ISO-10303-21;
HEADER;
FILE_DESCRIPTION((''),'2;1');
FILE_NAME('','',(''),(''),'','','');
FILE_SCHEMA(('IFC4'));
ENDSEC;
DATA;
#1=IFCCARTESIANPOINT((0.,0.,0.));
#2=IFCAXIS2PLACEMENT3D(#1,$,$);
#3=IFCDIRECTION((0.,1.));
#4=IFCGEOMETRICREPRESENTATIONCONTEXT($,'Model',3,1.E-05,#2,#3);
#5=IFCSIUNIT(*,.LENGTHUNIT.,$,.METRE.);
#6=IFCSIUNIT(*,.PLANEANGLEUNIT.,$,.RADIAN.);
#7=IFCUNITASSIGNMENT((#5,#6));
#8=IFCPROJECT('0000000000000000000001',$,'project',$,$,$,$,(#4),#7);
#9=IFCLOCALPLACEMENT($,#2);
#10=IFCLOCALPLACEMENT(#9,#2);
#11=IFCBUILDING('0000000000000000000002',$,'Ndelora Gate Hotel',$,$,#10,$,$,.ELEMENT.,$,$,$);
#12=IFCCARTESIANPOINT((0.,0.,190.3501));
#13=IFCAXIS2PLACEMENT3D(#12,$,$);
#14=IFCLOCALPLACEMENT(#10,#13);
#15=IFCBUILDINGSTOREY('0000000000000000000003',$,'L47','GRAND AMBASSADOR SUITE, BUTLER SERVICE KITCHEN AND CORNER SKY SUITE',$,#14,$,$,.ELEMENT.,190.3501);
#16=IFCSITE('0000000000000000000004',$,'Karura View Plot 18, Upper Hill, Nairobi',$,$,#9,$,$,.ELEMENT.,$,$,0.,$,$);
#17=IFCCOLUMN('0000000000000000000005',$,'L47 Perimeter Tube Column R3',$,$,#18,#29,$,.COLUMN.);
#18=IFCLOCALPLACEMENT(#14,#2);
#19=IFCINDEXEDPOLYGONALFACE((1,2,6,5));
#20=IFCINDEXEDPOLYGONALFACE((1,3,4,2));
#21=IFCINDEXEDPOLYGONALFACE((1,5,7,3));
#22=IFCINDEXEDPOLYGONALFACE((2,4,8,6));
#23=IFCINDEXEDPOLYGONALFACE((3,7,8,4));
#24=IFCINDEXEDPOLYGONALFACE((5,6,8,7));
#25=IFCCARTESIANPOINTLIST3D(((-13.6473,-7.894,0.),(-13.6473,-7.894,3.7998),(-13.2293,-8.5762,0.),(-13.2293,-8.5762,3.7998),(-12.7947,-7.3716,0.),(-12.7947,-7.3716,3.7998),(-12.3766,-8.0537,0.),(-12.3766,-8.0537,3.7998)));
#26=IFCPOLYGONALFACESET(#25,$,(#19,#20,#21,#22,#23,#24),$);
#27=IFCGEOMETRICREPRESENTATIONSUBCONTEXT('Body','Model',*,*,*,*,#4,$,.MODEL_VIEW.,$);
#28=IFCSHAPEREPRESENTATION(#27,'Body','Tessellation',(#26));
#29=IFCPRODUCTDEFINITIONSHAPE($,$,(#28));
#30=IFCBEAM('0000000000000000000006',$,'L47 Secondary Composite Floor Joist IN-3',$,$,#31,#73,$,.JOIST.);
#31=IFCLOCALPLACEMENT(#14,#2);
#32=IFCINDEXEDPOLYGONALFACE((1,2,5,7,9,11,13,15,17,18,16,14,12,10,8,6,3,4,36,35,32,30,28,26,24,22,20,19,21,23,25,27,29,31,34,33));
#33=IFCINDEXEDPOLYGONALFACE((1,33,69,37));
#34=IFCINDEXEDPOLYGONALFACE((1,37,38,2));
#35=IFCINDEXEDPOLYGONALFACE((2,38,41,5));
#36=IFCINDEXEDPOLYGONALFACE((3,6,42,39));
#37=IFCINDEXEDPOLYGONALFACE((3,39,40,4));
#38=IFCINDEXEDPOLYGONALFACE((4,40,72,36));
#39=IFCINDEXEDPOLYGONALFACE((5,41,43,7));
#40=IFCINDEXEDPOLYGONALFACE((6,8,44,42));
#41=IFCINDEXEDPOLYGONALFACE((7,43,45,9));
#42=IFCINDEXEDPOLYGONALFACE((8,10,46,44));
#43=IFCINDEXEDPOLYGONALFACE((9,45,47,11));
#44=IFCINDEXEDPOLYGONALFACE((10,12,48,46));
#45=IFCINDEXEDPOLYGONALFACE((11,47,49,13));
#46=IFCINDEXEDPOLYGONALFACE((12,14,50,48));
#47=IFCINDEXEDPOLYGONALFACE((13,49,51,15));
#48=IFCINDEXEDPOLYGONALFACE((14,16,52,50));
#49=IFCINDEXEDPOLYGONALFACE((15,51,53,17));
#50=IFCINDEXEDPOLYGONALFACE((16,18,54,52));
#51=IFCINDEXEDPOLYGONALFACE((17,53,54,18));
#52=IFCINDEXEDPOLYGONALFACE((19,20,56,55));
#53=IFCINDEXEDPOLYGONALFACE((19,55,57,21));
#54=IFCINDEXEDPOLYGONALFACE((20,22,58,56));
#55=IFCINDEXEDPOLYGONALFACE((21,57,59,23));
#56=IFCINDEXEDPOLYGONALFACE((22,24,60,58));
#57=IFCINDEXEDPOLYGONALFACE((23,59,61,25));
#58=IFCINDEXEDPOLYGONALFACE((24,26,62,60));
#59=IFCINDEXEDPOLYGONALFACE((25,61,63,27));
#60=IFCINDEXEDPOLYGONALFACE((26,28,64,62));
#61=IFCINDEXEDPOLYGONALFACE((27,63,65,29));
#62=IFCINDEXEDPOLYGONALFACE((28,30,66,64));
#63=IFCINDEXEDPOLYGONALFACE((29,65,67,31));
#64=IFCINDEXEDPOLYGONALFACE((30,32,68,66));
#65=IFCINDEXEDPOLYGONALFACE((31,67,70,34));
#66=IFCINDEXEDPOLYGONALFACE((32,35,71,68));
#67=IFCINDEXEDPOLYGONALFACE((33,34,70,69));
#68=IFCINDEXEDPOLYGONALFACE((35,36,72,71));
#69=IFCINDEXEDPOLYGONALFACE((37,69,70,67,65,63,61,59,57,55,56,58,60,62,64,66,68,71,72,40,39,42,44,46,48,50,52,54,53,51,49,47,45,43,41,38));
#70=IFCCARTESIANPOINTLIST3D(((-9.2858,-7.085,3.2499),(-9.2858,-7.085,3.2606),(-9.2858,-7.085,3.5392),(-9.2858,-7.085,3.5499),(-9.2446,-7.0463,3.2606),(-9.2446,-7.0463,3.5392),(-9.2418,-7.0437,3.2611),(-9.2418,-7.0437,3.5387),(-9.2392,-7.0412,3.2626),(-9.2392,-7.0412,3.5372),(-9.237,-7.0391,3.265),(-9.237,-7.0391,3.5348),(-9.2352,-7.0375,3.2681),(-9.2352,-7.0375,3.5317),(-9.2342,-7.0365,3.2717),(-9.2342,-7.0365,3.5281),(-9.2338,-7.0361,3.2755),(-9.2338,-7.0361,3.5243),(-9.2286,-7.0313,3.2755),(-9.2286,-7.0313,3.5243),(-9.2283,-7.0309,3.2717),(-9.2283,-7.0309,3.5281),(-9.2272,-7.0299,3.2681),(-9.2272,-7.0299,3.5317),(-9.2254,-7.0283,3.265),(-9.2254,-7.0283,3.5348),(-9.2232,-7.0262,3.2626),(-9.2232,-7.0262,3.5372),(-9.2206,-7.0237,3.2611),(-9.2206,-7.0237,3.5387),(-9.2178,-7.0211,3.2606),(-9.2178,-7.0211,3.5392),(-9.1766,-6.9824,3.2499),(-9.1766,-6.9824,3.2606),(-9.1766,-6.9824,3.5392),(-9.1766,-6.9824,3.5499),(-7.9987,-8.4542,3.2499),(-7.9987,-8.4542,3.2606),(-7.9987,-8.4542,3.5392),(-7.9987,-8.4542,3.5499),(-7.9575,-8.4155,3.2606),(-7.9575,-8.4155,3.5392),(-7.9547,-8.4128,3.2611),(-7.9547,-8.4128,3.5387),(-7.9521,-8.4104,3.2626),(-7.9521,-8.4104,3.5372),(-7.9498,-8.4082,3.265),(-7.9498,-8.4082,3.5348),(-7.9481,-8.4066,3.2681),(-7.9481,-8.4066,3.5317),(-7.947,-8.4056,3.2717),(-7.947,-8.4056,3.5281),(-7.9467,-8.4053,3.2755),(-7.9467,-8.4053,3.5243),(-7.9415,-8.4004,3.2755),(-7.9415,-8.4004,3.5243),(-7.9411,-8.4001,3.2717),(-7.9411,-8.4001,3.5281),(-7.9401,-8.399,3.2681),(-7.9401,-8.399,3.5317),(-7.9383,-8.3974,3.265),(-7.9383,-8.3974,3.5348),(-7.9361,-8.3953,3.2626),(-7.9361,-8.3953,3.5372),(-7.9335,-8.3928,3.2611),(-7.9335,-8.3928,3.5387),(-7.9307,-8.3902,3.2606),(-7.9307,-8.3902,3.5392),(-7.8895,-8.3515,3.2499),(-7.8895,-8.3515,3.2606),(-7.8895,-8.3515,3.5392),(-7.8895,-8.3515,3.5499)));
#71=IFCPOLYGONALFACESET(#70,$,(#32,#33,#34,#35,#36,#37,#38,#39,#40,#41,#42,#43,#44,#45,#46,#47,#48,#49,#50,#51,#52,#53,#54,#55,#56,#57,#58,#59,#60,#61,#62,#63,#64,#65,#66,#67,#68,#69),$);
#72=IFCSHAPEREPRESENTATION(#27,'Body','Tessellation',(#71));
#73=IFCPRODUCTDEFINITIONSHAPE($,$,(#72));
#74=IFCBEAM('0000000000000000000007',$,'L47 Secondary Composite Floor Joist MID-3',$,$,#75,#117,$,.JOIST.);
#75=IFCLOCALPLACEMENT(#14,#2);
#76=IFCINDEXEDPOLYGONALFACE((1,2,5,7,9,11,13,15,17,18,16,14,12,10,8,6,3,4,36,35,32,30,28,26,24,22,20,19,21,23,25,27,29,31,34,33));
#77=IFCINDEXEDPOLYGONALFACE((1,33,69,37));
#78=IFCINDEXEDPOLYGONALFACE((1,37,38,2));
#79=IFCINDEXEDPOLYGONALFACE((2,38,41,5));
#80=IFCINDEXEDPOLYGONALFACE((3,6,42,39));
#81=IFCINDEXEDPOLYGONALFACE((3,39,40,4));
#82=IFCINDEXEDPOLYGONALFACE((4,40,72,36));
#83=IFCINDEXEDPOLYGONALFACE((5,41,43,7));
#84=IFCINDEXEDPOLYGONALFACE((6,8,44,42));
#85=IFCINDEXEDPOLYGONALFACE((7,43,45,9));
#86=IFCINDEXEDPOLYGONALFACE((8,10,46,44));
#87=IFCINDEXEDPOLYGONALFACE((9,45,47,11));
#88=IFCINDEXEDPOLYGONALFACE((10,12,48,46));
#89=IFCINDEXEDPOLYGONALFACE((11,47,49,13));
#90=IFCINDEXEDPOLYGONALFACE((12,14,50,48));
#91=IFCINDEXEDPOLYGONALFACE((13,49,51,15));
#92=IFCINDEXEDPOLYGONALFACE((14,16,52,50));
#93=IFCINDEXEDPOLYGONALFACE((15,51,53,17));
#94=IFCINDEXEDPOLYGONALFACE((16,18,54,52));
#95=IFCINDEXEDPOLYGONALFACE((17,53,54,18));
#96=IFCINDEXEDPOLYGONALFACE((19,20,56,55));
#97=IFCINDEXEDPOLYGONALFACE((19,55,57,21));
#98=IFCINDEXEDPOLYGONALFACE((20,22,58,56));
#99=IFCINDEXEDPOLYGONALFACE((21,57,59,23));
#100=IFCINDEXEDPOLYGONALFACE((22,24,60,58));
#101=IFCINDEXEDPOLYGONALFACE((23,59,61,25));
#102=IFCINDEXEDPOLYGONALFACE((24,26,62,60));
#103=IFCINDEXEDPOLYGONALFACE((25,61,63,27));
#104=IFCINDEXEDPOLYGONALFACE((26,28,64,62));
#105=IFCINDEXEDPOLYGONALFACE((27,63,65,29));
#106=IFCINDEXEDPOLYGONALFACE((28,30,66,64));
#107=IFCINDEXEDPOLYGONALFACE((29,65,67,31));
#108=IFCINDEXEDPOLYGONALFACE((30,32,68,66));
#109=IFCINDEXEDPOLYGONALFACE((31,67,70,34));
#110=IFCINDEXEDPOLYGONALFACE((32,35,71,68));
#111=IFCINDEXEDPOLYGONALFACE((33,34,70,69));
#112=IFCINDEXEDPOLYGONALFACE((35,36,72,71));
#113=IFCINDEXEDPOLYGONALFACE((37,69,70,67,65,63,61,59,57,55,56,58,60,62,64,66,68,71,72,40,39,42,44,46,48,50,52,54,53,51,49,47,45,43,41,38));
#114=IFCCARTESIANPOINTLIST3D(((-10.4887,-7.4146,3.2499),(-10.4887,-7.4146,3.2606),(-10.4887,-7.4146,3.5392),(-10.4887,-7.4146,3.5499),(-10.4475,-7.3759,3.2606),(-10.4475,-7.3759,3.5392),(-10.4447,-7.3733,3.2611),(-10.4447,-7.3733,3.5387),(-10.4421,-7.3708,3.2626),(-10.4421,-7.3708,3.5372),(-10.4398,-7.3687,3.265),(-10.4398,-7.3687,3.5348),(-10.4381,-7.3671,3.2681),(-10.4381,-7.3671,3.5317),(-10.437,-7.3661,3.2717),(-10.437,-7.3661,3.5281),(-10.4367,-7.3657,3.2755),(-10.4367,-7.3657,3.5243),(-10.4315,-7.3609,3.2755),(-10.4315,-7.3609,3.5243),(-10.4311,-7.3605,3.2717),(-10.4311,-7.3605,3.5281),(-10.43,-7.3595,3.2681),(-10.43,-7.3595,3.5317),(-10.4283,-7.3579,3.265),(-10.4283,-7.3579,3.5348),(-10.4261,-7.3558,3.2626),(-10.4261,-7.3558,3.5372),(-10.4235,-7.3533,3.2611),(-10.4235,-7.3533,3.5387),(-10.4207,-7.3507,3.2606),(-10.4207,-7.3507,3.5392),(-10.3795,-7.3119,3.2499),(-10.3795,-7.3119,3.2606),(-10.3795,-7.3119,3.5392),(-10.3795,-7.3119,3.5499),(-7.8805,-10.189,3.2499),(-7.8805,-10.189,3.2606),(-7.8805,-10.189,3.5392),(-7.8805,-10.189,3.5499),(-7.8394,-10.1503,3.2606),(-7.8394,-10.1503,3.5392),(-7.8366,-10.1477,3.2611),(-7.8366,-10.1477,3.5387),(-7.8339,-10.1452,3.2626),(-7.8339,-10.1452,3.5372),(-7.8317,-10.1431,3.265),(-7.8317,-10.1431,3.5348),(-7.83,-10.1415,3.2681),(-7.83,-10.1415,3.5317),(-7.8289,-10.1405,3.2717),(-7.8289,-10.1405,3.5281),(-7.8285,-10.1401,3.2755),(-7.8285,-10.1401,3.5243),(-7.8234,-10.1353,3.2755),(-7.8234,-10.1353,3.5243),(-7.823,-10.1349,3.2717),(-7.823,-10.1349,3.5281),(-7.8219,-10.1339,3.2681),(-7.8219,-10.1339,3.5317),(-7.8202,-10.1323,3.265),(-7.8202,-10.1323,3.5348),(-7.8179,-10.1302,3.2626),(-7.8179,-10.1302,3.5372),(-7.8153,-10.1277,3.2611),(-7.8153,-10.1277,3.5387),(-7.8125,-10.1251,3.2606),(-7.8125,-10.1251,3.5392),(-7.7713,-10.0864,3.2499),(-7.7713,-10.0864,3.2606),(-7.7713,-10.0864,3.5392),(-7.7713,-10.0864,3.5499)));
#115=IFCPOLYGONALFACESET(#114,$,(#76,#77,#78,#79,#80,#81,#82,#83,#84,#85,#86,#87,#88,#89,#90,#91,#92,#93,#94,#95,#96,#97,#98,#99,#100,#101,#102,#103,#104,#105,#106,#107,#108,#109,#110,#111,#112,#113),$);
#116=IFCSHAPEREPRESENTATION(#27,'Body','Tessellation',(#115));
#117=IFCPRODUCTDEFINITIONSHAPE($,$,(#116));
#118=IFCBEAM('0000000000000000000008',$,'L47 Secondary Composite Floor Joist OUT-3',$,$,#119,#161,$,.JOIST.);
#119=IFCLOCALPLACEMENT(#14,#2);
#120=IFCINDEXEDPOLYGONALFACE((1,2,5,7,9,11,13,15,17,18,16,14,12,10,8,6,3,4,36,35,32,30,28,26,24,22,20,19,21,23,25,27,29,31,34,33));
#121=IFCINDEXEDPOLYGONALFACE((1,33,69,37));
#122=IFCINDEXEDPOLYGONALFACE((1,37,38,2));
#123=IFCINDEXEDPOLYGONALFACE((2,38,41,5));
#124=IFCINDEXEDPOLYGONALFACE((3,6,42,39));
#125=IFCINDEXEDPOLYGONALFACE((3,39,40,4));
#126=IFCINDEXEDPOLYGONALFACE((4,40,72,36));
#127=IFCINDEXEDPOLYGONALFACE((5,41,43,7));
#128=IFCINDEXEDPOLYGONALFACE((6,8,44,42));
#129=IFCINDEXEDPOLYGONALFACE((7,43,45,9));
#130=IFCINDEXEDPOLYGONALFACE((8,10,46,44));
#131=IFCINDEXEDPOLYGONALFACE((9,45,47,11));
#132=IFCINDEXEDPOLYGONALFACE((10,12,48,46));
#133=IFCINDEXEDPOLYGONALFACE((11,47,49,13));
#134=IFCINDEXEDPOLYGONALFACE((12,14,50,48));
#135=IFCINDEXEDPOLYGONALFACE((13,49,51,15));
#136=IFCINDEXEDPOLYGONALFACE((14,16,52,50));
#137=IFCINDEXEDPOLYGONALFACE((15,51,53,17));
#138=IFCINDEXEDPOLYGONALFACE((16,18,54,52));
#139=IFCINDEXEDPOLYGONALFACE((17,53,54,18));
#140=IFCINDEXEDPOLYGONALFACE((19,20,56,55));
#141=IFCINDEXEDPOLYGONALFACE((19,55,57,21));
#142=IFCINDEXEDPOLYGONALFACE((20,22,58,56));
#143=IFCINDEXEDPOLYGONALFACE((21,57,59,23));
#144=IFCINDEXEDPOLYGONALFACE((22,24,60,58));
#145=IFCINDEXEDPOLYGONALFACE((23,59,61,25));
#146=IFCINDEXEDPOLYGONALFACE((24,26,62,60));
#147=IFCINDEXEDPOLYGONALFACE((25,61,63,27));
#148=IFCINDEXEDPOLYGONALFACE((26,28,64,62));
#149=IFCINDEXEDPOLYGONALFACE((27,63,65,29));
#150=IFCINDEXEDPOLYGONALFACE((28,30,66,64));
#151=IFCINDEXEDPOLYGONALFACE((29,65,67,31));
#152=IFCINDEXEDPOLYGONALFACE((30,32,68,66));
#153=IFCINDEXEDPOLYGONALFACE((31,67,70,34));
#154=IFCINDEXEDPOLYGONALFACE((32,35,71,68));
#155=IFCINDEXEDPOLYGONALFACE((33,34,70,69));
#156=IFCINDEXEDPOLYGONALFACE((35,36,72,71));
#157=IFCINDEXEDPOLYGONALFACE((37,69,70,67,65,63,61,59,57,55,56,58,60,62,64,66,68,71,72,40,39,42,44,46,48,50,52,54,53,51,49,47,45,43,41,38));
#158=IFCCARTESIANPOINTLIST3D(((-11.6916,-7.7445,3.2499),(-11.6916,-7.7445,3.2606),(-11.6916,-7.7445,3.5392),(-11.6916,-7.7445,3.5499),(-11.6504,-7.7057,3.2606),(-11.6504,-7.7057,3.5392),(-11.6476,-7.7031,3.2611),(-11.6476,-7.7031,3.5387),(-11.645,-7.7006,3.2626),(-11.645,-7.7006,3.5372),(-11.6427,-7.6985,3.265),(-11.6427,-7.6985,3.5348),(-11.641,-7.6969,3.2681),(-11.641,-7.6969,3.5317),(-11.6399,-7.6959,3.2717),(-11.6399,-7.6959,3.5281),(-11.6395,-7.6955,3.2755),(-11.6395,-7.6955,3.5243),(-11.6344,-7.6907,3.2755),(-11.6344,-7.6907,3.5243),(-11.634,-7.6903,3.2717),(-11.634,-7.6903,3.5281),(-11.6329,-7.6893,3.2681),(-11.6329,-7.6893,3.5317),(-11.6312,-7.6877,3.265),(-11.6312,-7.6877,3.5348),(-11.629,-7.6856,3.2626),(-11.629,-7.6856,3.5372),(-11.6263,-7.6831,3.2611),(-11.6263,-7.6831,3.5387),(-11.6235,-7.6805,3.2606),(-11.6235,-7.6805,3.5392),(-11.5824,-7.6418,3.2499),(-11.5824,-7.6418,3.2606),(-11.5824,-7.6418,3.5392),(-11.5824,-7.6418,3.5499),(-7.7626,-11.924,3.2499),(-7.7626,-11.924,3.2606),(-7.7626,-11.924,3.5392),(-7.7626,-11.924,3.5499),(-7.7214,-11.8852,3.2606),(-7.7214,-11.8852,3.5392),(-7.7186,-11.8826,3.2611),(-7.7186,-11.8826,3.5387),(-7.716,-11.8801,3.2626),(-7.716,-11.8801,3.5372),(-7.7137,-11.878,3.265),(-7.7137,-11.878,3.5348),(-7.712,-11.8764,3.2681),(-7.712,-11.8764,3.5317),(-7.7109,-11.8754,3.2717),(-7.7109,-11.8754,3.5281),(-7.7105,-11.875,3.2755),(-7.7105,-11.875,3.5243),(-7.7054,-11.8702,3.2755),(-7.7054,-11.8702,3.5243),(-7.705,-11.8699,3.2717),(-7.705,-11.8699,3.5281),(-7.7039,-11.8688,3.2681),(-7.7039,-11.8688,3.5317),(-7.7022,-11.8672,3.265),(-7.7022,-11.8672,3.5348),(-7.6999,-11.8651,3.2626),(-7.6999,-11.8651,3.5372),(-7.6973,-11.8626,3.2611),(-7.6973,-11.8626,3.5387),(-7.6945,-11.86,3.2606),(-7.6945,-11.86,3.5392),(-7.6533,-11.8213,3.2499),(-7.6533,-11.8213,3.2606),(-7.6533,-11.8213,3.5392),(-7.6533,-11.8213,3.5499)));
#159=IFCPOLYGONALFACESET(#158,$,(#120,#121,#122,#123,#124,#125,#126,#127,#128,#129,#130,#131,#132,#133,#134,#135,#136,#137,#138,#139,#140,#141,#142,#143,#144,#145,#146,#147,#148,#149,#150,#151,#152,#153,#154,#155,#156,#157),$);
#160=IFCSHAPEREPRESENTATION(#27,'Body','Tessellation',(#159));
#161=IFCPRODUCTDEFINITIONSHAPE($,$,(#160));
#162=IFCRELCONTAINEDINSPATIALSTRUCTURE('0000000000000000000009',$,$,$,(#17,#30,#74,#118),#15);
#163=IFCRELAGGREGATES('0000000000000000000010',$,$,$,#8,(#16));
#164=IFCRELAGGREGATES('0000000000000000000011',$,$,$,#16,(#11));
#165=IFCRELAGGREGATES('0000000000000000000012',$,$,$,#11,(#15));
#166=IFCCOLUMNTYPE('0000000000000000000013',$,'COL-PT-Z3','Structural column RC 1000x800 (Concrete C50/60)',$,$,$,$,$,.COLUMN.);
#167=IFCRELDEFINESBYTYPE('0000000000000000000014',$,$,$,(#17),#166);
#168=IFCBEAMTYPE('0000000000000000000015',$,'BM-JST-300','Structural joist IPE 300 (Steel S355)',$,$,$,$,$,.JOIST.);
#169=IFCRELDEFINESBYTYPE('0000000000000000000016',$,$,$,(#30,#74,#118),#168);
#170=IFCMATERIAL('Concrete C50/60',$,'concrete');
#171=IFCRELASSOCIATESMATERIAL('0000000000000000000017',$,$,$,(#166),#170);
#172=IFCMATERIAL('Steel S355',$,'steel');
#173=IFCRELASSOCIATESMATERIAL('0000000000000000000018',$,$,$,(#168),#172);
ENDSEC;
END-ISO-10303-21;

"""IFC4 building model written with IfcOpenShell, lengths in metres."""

from ifc_helpers import new_model, si_unit, direction, frame, origin, origin_2d, place, context, subcontext, project, spatial, rectangle, i_section, extrude, material, material_profile, profile_set, type_object, element, save


model = new_model("IFC4")

# Units and contexts
model_context = context("Model", 3, precision=1e-05, world=origin(), true_north=direction((0.0, 1.0)))
body_context = subcontext(model_context, "Body", "Model", "MODEL_VIEW")
ifc_project = project(units=[si_unit("LENGTHUNIT", "METRE"), si_unit("PLANEANGLEUNIT", "RADIAN")], contexts=[model_context])

# Site, building, storey
site_placement = place(None, origin())
site = spatial("IfcSite", under=ifc_project, at=site_placement, Name="Karura View Plot 18, Upper Hill, Nairobi", CompositionType="ELEMENT", RefElevation=0.0)
building_placement = place(site_placement, origin())
building = spatial("IfcBuilding", under=site, at=building_placement, Name="Ndelora Gate Hotel", CompositionType="ELEMENT")
storey_placement = place(building_placement, frame((0.0, 0.0, 190.3501)))
storey = spatial("IfcBuildingStorey", under=building, at=storey_placement, Name="L47", Description="GRAND AMBASSADOR SUITE, BUTLER SERVICE KITCHEN AND CORNER SKY SUITE", CompositionType="ELEMENT", Elevation=190.3501)

# Column
ifc_material_1 = material(Name="Concrete C50/60", Category="concrete")
ifc_material_profile_1 = material_profile(ifc_material_1, rectangle(XDim=0.8, YDim=1.0, at=origin_2d()), Name="RC 1000x800")
ifc_profile_set_1 = profile_set([ifc_material_profile_1], Name="Concrete C50/60")
column_type = type_object("IfcColumnType", Name="COL-PT-Z3", Description="Structural column RC 1000x800 (Concrete C50/60)", PredefinedType="COLUMN", material=ifc_profile_set_1)
column_placement = place(storey_placement, frame((-13.012, -7.9739, 0.0), z_axis=(0.0, 0.0, 1.0), x_axis=(-0.522499, 0.85264, 0.0)))
element("IfcColumn", 1, at=column_placement, inside=storey, type_object=column_type, Name="L47 Perimeter Tube Column R3", PredefinedType="COLUMN", context=body_context, shape_type="SweptSolid", body=[
    extrude(rectangle(XDim=0.8, YDim=1.0, at=origin_2d()), origin(), (0.0, 0.0, 1.0), 3.7998),
])

# Beams
ifc_material_2 = material(Name="Steel S355", Category="steel")
ifc_material_profile_2 = material_profile(ifc_material_2, i_section(OverallWidth=0.1499, OverallDepth=0.3, WebThickness=0.0071, FlangeThickness=0.0107, FilletRadius=0.0149, at=origin_2d()), Name="IPE 300")
ifc_profile_set_2 = profile_set([ifc_material_profile_2], Name="Steel S355")
beam_type_1 = type_object("IfcBeamType", Name="BM-JST-300", Description="Structural joist IPE 300 (Steel S355)", PredefinedType="JOIST", material=ifc_profile_set_2)
beam_1_placement = place(storey_placement, frame((-9.2312, -7.0337, 3.3999), z_axis=(0.684943, -0.728597, 0.0), x_axis=(0.728597, 0.684943, 0.0)))
element("IfcBeam", 2, at=beam_1_placement, inside=storey, type_object=beam_type_1, Name="L47 Secondary Composite Floor Joist IN-3", PredefinedType="JOIST", context=body_context, shape_type="SweptSolid", body=[
    extrude(i_section(OverallWidth=0.1499, OverallDepth=0.3, WebThickness=0.0071, FlangeThickness=0.0107, FilletRadius=0.0149, at=origin_2d()), origin(), (0.0, 0.0, 1.0), 1.8792),
])
beam_2_placement = place(storey_placement, frame((-10.4341, -7.3633, 3.3999), z_axis=(0.684939, -0.728601, 0.0), x_axis=(0.728601, 0.684939, 0.0)))
element("IfcBeam", 3, at=beam_2_placement, inside=storey, type_object=beam_type_1, Name="L47 Secondary Composite Floor Joist MID-3", PredefinedType="JOIST", context=body_context, shape_type="SweptSolid", body=[
    extrude(i_section(OverallWidth=0.1499, OverallDepth=0.3, WebThickness=0.0071, FlangeThickness=0.0107, FilletRadius=0.0149, at=origin_2d()), origin(), (0.0, 0.0, 1.0), 3.8079),
])
beam_3_placement = place(storey_placement, frame((-11.637, -7.6931, 3.3999), z_axis=(0.684936, -0.728603, 0.0), x_axis=(0.728603, 0.684936, 0.0)))
element("IfcBeam", 4, at=beam_3_placement, inside=storey, type_object=beam_type_1, Name="L47 Secondary Composite Floor Joist OUT-3", PredefinedType="JOIST", context=body_context, shape_type="SweptSolid", body=[
    extrude(i_section(OverallWidth=0.1499, OverallDepth=0.3, WebThickness=0.0071, FlangeThickness=0.0107, FilletRadius=0.0149, at=origin_2d()), origin(), (0.0, 0.0, 1.0), 5.7363),
])

save(model, "model.ifc")
